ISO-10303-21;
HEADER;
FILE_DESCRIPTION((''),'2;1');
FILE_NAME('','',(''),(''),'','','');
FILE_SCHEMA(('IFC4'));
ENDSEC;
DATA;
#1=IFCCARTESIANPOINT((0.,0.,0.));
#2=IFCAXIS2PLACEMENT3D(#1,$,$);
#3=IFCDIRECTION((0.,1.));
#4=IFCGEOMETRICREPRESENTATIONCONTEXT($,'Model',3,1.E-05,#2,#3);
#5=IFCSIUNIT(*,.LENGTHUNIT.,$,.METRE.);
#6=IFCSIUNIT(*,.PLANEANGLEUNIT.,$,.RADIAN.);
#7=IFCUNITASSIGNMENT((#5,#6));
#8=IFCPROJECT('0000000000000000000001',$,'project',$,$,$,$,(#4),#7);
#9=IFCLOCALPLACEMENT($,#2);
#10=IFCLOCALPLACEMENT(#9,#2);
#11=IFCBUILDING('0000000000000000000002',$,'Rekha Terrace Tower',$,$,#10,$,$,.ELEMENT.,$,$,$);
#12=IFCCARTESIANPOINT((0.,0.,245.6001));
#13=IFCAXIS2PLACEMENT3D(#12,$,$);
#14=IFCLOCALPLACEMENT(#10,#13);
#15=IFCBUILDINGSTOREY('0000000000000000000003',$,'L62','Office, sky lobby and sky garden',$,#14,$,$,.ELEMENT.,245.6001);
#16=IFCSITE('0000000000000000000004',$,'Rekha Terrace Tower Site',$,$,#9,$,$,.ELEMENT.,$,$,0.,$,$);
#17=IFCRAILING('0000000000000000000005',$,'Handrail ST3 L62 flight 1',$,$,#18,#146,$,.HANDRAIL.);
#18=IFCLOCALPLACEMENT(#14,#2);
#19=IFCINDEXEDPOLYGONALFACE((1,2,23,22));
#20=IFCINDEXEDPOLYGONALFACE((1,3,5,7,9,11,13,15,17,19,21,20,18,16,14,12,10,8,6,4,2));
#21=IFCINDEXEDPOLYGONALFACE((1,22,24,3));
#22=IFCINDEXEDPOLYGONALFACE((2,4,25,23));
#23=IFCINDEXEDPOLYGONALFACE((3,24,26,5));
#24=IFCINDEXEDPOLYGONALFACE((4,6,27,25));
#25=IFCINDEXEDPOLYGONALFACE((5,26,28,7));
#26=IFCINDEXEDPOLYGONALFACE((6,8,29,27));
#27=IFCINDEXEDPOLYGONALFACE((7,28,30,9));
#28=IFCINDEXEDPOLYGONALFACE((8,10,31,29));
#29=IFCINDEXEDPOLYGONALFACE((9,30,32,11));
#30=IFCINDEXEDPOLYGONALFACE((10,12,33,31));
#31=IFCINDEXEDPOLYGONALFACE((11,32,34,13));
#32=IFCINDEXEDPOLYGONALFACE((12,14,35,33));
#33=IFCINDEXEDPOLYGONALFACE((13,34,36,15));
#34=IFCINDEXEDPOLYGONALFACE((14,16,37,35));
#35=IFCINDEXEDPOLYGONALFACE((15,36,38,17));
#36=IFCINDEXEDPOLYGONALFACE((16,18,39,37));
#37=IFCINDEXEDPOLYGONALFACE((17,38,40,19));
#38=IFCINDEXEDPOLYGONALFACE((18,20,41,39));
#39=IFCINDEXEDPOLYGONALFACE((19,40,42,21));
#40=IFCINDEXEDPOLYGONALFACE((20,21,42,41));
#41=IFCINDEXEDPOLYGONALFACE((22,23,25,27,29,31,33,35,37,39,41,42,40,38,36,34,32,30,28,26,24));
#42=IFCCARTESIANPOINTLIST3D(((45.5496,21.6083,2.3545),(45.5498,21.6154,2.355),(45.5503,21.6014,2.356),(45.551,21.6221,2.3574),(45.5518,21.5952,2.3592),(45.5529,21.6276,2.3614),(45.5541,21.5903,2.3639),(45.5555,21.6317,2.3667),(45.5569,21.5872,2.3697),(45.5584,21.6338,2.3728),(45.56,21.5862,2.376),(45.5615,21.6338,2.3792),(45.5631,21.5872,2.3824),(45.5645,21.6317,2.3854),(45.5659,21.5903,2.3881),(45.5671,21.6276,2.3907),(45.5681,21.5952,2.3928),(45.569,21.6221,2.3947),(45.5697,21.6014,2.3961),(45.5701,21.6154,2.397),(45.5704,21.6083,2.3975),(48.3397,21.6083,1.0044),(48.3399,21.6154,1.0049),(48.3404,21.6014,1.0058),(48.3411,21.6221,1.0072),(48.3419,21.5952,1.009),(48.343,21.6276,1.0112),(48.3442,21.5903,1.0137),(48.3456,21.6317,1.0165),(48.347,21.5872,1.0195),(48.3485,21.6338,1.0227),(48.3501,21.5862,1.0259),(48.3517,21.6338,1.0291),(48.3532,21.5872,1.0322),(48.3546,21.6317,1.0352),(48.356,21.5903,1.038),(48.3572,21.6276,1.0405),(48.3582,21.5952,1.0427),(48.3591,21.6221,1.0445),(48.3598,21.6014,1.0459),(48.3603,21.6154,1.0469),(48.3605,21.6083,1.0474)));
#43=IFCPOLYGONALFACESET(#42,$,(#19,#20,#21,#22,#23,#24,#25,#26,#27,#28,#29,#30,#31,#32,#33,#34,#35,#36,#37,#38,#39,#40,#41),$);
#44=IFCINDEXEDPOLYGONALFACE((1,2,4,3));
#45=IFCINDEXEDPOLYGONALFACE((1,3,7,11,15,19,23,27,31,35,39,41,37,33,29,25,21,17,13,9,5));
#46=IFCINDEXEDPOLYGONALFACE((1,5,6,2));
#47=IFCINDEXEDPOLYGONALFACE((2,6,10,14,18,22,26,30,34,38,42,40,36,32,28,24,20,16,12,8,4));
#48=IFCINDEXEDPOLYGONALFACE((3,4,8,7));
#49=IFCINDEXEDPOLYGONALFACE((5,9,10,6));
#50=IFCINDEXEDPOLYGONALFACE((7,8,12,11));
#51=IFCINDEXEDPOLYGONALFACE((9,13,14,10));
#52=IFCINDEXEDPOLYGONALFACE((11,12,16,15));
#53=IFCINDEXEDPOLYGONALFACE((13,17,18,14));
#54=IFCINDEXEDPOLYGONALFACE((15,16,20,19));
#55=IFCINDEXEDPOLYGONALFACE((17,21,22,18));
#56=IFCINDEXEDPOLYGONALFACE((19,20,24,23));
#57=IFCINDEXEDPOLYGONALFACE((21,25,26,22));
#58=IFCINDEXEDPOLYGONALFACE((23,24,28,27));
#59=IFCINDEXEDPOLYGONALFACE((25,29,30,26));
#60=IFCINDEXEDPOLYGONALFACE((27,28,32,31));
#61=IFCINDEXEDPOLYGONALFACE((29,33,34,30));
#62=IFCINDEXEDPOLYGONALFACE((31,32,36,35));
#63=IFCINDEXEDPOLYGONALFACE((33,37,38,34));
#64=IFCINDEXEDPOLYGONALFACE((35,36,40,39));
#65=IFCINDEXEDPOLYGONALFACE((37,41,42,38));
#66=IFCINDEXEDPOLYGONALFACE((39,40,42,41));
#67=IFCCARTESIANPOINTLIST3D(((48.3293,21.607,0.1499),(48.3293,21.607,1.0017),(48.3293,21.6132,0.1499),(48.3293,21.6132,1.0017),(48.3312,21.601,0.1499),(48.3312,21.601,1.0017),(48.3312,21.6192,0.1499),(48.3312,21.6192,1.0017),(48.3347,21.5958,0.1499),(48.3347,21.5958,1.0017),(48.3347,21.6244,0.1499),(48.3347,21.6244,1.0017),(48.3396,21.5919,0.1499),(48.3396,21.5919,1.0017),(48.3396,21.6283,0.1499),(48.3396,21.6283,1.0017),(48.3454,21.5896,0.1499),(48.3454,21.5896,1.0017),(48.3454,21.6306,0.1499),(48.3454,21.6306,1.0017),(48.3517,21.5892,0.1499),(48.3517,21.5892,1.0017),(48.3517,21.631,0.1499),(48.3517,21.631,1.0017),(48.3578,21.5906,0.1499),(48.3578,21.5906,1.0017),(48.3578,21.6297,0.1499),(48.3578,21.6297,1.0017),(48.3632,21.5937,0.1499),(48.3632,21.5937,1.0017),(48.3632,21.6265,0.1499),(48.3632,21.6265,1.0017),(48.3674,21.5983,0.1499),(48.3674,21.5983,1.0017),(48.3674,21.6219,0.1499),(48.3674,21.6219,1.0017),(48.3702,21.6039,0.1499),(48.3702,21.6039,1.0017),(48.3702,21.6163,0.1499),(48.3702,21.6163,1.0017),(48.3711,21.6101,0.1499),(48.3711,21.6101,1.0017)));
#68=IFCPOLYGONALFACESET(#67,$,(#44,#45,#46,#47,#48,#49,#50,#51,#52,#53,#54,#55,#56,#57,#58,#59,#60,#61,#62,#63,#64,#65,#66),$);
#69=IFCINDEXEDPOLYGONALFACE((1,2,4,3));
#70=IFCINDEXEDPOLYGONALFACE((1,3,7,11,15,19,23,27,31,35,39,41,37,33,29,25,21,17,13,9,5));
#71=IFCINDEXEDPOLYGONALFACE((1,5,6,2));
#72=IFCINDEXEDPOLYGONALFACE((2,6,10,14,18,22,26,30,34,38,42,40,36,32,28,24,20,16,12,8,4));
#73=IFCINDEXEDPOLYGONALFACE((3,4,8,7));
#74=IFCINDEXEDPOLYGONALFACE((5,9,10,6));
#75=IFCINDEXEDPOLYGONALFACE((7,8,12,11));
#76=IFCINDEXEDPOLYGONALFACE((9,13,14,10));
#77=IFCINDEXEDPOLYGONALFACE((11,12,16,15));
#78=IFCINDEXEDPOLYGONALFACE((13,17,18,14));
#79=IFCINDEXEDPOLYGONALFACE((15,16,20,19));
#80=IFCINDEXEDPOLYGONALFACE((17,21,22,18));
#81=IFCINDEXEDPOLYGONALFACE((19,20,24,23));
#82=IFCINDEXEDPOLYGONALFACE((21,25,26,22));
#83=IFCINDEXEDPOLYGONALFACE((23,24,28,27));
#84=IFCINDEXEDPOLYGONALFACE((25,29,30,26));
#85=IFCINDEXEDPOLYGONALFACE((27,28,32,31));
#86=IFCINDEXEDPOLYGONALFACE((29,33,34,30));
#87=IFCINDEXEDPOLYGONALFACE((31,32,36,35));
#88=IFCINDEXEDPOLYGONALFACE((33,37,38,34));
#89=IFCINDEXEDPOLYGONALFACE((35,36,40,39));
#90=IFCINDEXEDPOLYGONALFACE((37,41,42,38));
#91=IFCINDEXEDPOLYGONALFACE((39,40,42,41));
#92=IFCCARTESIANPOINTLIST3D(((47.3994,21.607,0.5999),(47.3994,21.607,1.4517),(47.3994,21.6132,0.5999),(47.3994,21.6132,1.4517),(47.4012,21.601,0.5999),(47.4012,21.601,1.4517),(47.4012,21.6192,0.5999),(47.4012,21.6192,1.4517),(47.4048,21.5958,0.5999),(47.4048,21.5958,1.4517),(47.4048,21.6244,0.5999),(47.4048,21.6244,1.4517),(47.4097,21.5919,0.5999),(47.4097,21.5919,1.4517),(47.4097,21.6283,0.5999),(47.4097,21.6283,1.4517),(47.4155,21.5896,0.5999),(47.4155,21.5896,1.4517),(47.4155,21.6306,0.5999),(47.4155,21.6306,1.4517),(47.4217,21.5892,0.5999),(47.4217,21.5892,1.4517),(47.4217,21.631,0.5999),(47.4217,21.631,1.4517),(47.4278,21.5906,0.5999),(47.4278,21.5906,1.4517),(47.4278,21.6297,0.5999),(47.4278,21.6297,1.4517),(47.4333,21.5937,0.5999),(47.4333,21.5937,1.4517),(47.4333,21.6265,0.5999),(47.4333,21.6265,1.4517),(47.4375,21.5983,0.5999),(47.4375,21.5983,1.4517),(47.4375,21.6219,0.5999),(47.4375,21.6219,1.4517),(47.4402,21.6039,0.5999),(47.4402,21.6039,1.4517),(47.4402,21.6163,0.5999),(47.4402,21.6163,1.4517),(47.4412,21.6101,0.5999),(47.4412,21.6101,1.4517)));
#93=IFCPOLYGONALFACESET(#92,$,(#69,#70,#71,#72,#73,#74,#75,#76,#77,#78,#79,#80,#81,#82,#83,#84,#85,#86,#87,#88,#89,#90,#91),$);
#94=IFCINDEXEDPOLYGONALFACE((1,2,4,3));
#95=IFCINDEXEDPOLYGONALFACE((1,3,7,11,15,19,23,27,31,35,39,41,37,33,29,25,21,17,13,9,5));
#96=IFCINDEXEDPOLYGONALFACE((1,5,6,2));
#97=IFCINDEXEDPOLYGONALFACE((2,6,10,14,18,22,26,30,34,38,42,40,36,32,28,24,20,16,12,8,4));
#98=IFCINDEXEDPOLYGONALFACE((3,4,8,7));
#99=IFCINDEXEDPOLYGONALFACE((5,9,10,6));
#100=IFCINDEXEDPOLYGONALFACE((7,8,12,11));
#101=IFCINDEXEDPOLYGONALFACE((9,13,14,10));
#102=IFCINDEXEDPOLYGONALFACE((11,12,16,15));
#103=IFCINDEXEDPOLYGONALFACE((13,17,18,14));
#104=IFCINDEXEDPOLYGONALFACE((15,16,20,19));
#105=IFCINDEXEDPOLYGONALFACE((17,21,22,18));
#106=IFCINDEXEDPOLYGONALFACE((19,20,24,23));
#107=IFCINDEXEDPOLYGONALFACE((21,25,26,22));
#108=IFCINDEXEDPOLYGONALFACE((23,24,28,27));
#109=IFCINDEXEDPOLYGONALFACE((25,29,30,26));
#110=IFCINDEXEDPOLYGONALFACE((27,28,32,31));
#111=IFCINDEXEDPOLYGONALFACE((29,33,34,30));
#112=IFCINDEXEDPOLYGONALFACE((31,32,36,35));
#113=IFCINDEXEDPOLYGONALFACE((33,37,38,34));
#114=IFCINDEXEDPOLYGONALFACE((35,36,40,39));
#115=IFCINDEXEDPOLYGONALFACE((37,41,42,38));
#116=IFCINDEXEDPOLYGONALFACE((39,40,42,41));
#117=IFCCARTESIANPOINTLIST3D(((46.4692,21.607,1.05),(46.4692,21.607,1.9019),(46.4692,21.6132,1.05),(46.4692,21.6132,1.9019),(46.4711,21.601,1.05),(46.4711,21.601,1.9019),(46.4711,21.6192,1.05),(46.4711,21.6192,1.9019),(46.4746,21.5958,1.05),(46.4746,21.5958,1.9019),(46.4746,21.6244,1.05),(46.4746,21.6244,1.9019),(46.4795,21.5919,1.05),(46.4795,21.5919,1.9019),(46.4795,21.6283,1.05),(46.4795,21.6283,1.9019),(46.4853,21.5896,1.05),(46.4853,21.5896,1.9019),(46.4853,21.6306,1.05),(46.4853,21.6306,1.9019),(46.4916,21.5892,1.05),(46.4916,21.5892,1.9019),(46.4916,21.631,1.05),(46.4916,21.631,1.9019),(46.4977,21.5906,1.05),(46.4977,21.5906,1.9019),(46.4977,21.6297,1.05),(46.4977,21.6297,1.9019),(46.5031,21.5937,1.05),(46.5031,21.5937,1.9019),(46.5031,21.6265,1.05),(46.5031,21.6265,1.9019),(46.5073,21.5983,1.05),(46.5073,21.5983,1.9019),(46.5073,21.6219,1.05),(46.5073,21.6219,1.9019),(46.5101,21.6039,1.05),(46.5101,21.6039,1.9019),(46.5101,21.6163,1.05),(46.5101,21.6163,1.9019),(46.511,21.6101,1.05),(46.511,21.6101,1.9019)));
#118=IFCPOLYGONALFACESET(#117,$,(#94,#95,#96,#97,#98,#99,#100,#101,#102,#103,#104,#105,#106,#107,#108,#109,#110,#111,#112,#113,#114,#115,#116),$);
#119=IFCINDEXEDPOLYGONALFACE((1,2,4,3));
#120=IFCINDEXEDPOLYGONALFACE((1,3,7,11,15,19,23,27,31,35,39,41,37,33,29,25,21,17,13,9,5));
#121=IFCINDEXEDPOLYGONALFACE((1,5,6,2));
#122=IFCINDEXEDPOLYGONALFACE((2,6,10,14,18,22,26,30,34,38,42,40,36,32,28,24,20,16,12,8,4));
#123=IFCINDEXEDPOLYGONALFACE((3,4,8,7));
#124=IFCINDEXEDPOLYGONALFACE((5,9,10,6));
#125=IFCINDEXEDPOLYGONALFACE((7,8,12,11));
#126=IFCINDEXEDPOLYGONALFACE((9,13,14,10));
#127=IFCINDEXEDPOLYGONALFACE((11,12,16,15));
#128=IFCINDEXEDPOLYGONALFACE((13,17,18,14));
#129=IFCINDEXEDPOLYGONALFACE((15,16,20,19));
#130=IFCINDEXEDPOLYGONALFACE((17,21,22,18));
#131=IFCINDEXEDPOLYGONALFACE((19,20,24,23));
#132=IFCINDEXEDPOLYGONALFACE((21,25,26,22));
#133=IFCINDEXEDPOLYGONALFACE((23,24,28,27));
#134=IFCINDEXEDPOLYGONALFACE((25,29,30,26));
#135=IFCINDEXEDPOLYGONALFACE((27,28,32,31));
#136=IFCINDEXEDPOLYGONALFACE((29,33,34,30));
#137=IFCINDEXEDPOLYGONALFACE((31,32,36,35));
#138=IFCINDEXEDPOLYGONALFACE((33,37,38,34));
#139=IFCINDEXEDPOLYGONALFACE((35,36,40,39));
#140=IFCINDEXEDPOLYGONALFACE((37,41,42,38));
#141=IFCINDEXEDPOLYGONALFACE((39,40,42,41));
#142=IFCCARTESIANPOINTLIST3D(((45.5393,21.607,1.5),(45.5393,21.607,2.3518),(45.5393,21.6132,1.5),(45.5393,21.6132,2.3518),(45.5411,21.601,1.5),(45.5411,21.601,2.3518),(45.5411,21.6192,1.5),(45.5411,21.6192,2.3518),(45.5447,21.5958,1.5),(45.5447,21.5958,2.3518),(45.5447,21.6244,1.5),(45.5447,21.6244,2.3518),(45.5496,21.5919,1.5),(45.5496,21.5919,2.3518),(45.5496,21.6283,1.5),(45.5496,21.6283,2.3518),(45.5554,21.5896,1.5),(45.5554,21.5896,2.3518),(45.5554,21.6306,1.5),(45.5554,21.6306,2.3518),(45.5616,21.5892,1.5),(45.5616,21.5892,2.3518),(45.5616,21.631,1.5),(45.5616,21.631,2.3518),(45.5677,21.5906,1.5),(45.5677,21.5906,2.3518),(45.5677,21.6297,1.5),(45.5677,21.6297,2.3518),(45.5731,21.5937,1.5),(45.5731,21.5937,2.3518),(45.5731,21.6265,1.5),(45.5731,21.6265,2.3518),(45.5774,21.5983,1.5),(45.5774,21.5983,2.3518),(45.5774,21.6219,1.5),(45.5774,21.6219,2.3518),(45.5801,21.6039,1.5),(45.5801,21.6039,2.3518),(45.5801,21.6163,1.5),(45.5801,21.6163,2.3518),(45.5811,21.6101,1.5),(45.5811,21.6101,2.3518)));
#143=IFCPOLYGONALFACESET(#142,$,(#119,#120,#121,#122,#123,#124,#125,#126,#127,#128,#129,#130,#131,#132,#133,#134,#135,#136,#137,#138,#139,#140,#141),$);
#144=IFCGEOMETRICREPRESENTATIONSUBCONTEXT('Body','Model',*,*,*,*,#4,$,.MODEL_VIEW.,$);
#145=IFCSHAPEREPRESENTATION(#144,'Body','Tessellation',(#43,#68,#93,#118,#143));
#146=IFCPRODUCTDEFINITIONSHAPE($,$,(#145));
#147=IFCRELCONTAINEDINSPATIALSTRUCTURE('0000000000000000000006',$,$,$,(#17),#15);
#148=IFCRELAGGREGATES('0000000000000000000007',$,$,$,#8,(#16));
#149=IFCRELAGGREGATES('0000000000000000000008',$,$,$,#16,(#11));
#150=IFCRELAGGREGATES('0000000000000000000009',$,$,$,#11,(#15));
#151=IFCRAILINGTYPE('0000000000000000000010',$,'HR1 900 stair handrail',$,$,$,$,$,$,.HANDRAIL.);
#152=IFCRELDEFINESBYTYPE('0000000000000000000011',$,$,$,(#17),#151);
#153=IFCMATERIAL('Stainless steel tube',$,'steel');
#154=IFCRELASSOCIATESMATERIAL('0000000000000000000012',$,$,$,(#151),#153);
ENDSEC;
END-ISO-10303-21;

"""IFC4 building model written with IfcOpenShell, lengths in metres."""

from ifc_helpers import new_model, si_unit, direction, frame, origin, origin_2d, place, context, subcontext, project, spatial, circle, extrude, material, type_object, element, save


model = new_model("IFC4")

# Units and contexts
model_context = context("Model", 3, precision=1e-05, world=origin(), true_north=direction((0.0, 1.0)))
body_context = subcontext(model_context, "Body", "Model", "MODEL_VIEW")
ifc_project = project(units=[si_unit("LENGTHUNIT", "METRE"), si_unit("PLANEANGLEUNIT", "RADIAN")], contexts=[model_context])

# Site, building, storey
site_placement = place(None, origin())
site = spatial("IfcSite", under=ifc_project, at=site_placement, Name="Rekha Terrace Tower Site", CompositionType="ELEMENT", RefElevation=0.0)
building_placement = place(site_placement, origin())
building = spatial("IfcBuilding", under=site, at=building_placement, Name="Rekha Terrace Tower", CompositionType="ELEMENT")
storey_placement = place(building_placement, frame((0.0, 0.0, 245.6001)))
storey = spatial("IfcBuildingStorey", under=building, at=storey_placement, Name="L62", Description="Office, sky lobby and sky garden", CompositionType="ELEMENT", Elevation=245.6001)

# Railing
ifc_material_1 = material(Name="Stainless steel tube", Category="steel")
railing_type_1 = type_object("IfcRailingType", Name="HR1 900 stair handrail", PredefinedType="HANDRAIL", material=ifc_material_1)
railing_1_placement = place(storey_placement, frame((48.3501, 21.6101, 0.1499)))
element("IfcRailing", 1, at=railing_1_placement, inside=storey, type_object=railing_type_1, Name="Handrail ST3 L62 flight 1", PredefinedType="HANDRAIL", context=body_context, shape_type="SweptSolid", body=[
    extrude(circle(Radius=0.0239, at=origin_2d()), frame((0.0, 0.0, 0.876), z_axis=(-0.900149, 0.0, 0.435582), x_axis=(0.0, -1.0, 0.0)), (0.0, 0.0, 1.0), 3.0996),
    extrude(circle(Radius=0.021, at=origin_2d()), origin(), (0.0, 0.0, 1.0), 0.8518),
    extrude(circle(Radius=0.021, at=origin_2d()), frame((-0.9299, 0.0, 0.45)), (0.0, 0.0, 1.0), 0.8518),
    extrude(circle(Radius=0.021, at=origin_2d()), frame((-1.8601, 0.0, 0.9001)), (0.0, 0.0, 1.0), 0.8518),
    extrude(circle(Radius=0.021, at=origin_2d()), frame((-2.79, 0.0, 1.3501)), (0.0, 0.0, 1.0), 0.8518),
])

save(model, "model.ifc")
